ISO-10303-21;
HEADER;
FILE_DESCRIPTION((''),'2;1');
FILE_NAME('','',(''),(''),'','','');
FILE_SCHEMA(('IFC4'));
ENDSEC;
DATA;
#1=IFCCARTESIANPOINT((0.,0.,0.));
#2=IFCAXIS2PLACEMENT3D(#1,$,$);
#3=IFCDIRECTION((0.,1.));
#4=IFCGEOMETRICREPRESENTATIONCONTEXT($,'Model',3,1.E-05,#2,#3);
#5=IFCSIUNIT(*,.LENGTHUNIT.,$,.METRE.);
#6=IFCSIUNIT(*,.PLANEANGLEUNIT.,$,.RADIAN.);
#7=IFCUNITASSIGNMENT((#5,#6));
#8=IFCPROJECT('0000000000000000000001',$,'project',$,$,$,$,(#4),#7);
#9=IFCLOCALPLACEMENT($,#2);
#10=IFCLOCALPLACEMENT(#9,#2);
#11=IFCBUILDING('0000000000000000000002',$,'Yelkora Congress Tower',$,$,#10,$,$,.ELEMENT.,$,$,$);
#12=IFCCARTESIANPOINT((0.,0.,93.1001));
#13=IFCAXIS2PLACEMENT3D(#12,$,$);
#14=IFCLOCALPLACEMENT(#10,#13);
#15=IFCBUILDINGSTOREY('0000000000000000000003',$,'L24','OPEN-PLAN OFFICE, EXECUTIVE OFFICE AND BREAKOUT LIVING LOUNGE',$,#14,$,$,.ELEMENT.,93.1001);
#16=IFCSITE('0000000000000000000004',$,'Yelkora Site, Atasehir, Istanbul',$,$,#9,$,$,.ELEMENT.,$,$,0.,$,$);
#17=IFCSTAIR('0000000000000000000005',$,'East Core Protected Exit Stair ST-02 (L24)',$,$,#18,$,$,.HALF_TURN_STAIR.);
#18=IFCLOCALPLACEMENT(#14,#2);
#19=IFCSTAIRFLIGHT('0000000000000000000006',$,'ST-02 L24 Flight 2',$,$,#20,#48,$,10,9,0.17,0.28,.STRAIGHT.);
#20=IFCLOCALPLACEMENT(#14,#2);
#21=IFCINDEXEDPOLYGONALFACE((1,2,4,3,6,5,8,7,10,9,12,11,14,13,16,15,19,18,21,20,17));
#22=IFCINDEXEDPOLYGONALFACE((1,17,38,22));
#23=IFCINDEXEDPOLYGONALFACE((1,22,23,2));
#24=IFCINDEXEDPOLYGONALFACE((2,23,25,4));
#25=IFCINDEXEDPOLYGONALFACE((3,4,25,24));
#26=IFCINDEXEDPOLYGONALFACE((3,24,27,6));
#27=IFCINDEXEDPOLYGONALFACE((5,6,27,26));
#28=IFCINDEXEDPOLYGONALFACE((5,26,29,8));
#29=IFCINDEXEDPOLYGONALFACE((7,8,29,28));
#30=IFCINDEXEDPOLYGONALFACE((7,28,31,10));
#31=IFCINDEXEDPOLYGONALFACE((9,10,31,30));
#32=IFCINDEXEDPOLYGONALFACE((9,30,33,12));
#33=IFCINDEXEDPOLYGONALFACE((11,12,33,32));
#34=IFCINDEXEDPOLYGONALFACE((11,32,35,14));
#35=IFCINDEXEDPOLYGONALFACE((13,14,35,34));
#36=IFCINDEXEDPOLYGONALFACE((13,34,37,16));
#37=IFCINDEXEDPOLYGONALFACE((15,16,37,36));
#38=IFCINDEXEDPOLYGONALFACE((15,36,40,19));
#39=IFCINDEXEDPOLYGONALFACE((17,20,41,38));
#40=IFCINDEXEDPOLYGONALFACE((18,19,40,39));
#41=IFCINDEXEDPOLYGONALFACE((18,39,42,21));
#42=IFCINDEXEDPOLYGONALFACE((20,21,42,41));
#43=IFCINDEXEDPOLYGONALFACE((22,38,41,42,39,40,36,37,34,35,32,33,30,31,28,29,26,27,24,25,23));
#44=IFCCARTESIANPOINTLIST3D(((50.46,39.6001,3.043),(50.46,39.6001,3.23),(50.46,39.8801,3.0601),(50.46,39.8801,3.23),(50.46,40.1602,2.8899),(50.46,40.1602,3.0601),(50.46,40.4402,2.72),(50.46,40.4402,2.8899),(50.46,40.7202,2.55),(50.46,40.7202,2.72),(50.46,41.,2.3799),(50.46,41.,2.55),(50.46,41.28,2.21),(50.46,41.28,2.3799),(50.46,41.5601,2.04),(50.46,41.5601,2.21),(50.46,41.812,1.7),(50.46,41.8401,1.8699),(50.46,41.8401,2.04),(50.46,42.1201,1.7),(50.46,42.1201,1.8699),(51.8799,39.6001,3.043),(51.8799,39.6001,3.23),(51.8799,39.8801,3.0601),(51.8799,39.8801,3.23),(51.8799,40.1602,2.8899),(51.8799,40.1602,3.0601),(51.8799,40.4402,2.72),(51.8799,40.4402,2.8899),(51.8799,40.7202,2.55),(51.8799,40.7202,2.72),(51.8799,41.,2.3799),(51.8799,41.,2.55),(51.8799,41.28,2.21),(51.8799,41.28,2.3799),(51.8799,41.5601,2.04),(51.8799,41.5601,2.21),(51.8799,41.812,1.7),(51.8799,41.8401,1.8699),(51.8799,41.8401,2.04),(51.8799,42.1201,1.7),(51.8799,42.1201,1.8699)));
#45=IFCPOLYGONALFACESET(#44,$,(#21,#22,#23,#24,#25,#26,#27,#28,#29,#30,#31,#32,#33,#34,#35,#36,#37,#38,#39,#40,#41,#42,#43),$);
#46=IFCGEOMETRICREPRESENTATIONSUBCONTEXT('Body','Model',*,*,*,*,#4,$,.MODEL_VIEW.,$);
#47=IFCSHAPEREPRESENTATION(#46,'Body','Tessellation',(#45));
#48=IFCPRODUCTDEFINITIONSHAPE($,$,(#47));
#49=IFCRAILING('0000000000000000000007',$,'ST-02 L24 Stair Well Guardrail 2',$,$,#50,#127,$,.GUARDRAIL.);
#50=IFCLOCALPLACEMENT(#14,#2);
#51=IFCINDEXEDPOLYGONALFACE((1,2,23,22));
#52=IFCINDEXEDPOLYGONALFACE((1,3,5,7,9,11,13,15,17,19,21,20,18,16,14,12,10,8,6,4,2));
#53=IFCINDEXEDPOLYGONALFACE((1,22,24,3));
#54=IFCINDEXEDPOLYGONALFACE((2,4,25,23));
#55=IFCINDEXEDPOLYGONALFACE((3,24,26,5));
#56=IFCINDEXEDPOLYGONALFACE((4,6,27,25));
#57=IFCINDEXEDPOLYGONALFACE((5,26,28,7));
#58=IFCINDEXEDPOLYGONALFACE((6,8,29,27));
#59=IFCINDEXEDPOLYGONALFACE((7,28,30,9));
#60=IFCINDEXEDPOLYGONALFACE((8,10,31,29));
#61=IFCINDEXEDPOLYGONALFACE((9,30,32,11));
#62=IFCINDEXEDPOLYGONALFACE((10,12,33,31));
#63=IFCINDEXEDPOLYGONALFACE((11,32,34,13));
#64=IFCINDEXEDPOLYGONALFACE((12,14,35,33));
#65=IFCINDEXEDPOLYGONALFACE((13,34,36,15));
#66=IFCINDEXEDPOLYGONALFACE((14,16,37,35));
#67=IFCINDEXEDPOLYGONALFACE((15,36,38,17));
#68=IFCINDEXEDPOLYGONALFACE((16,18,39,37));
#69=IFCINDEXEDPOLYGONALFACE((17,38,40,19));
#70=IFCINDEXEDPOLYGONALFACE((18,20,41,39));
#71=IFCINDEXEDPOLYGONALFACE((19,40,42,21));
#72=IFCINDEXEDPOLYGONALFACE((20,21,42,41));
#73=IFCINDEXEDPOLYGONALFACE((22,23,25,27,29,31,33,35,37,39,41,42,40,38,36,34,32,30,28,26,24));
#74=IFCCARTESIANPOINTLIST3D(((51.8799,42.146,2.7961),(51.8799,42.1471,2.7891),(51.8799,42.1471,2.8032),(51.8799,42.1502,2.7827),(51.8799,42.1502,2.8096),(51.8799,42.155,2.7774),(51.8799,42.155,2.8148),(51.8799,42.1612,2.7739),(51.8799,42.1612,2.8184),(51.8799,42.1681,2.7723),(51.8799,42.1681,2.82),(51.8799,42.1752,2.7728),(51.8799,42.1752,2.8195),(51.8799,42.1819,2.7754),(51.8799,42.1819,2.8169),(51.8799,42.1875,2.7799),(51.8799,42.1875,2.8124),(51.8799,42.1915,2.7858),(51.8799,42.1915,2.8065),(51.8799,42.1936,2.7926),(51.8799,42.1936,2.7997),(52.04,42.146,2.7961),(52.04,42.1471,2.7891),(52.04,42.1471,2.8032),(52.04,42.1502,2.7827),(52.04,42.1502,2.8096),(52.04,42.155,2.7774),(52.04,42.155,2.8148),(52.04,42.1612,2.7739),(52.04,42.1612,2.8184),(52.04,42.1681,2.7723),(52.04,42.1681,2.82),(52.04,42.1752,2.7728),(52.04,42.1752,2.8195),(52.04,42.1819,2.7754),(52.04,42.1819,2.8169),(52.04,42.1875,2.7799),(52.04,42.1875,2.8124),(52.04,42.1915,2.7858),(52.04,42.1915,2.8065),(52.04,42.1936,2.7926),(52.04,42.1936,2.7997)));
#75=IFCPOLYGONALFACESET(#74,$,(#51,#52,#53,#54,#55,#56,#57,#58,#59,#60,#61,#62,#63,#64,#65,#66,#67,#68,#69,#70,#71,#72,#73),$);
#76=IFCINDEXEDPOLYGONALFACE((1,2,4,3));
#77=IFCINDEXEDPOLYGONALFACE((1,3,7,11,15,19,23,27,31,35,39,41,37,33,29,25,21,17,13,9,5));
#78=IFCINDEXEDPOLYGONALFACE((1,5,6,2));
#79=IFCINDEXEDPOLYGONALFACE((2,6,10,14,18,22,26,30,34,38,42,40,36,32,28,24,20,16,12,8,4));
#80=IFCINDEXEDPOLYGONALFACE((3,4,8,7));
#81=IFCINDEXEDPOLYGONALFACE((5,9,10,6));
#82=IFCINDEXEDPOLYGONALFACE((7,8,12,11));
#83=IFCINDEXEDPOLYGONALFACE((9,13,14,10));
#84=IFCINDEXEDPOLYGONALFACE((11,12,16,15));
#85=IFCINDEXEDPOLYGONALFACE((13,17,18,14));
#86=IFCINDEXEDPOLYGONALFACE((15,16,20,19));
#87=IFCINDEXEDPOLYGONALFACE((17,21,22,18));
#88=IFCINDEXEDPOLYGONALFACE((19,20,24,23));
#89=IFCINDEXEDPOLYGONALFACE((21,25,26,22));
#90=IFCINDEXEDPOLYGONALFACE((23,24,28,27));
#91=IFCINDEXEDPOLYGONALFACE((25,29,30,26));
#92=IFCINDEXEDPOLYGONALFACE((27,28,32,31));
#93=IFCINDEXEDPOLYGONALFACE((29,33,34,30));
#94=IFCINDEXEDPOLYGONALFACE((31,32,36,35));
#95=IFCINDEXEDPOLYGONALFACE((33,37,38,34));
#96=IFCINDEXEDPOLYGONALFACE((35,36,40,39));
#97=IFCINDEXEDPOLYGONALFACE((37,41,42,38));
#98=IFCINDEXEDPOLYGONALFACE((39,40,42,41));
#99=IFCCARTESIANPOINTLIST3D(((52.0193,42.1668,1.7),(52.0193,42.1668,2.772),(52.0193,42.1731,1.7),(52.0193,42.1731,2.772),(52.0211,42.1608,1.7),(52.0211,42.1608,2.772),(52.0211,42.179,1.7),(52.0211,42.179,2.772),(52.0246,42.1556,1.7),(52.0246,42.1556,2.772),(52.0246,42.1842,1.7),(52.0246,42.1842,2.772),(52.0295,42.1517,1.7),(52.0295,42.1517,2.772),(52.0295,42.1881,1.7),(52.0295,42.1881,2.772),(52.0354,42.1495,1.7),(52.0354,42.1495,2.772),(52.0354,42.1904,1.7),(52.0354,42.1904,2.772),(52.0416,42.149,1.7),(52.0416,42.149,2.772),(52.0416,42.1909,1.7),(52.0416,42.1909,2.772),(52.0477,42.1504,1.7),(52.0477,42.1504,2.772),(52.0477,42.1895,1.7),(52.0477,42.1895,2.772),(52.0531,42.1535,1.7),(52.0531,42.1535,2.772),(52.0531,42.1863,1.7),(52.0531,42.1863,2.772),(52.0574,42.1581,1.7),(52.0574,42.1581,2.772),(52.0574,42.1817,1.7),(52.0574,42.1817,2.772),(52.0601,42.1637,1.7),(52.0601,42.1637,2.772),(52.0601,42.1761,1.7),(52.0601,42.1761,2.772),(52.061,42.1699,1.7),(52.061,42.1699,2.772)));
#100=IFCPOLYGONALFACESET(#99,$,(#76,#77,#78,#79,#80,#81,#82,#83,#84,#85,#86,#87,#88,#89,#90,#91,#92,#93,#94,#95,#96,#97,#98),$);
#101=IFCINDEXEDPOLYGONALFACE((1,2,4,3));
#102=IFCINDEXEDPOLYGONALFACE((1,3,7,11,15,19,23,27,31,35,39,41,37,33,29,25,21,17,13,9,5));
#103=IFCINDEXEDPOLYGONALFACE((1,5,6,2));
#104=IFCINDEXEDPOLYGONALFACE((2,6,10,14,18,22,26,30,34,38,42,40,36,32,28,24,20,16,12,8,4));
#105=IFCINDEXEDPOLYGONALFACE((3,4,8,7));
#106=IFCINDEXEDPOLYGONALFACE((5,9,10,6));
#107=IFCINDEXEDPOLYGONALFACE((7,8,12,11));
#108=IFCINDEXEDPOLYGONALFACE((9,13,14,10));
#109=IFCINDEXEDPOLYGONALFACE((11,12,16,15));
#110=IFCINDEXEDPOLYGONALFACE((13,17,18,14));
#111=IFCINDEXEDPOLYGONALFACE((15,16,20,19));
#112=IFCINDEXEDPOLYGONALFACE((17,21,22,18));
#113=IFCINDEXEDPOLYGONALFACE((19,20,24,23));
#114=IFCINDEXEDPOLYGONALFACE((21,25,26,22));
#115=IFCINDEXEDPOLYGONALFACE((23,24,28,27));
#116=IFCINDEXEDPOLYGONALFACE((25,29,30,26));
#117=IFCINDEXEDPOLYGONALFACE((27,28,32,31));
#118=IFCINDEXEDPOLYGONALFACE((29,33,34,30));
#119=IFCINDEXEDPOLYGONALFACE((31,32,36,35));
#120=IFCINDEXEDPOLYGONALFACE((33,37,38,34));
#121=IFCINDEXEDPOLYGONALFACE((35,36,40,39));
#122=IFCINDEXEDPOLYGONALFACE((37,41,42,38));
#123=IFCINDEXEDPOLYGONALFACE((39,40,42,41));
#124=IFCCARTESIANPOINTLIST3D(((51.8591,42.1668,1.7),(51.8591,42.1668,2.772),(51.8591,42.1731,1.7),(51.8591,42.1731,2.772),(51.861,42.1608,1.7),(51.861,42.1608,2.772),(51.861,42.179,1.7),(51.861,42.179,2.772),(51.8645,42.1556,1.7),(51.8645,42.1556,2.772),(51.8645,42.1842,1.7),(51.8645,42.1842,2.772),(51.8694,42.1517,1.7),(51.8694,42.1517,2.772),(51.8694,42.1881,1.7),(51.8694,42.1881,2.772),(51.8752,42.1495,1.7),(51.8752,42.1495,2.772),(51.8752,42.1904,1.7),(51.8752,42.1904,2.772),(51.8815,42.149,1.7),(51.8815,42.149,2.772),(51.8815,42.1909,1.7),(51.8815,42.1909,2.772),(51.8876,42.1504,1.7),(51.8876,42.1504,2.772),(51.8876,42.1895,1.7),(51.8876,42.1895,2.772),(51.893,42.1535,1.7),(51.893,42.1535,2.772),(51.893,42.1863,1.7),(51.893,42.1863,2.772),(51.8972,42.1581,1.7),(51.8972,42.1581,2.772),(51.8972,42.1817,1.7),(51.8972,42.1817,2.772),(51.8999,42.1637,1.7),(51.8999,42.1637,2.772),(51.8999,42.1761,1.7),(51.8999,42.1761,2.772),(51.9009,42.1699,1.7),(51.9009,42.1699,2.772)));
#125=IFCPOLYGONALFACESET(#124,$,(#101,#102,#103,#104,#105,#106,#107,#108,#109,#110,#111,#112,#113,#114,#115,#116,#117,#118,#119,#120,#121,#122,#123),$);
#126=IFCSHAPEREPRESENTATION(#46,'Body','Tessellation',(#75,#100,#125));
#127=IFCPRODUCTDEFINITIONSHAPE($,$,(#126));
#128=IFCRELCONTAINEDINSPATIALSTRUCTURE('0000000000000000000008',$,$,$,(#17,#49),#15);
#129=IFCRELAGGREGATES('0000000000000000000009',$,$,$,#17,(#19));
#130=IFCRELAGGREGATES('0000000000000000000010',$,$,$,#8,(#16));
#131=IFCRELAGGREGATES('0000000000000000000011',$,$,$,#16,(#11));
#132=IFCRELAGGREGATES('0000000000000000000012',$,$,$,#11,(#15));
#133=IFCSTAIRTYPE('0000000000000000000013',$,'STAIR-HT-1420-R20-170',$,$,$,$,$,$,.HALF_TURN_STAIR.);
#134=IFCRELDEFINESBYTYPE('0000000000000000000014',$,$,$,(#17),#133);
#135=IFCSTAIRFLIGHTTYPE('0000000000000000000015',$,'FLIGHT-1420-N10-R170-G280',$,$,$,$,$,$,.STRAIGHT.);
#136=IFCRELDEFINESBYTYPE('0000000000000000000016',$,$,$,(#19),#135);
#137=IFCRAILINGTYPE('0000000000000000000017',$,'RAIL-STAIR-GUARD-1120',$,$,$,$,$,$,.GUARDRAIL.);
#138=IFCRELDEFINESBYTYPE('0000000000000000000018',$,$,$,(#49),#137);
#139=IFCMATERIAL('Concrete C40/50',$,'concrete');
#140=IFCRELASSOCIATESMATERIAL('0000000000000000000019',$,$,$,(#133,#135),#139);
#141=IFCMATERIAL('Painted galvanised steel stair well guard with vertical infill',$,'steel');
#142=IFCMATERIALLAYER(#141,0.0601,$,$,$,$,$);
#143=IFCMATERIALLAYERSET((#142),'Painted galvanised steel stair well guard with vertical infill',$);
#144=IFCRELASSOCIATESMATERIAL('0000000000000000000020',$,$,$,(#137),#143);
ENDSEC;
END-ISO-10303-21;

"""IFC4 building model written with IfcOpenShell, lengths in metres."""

from ifc_helpers import new_model, si_unit, direction, frame, origin, origin_2d, place, context, subcontext, project, spatial, polyline, circle, outline, extrude, material, layer, layer_set, type_object, element, aggregate, save


model = new_model("IFC4")

# Units and contexts
model_context = context("Model", 3, precision=1e-05, world=origin(), true_north=direction((0.0, 1.0)))
body_context = subcontext(model_context, "Body", "Model", "MODEL_VIEW")
ifc_project = project(units=[si_unit("LENGTHUNIT", "METRE"), si_unit("PLANEANGLEUNIT", "RADIAN")], contexts=[model_context])

# Site, building, storey
site_placement = place(None, origin())
site = spatial("IfcSite", under=ifc_project, at=site_placement, Name="Yelkora Site, Atasehir, Istanbul", CompositionType="ELEMENT", RefElevation=0.0)
building_placement = place(site_placement, origin())
building = spatial("IfcBuilding", under=site, at=building_placement, Name="Yelkora Congress Tower", CompositionType="ELEMENT")
storey_placement = place(building_placement, frame((0.0, 0.0, 93.1001)))
storey = spatial("IfcBuildingStorey", under=building, at=storey_placement, Name="L24", Description="OPEN-PLAN OFFICE, EXECUTIVE OFFICE AND BREAKOUT LIVING LOUNGE", CompositionType="ELEMENT", Elevation=93.1001)

# Stair, stair flight
ifc_material_1 = material(Name="Concrete C40/50", Category="concrete")
stair_type = type_object("IfcStairType", Name="STAIR-HT-1420-R20-170", PredefinedType="HALF_TURN_STAIR", material=ifc_material_1)
stair_placement = place(storey_placement, origin())
stair = element("IfcStair", 1, at=stair_placement, inside=storey, type_object=stair_type, Name="East Core Protected Exit Stair ST-02 (L24)", PredefinedType="HALF_TURN_STAIR")
stair_flight_type = type_object("IfcStairFlightType", Name="FLIGHT-1420-N10-R170-G280", PredefinedType="STRAIGHT", material=ifc_material_1)
stair_flight_placement = place(storey_placement, frame((51.1699, 42.1201, 1.7), z_axis=(0.0, 0.0, 1.0), x_axis=(0.0, -1.0, 0.0)))
stair_flight = element("IfcStairFlight", 2, at=stair_flight_placement, type_object=stair_flight_type, Name="ST-02 L24 Flight 2", NumberOfRisers=10, NumberOfTreads=9, PredefinedType="STRAIGHT", RiserHeight=0.17, TreadLength=0.28, context=body_context, shape_type="SweptSolid", body=[
    extrude(outline(polyline([(0.0, 0.0), (0.0, 0.1699), (0.28, 0.1699), (0.28, 0.3401), (0.5601, 0.3401), (0.5601, 0.51), (0.8401, 0.51), (0.8401, 0.6799), (1.1201, 0.6799), (1.1201, 0.8501), (1.3999, 0.8501), (1.3999, 1.02), (1.6799, 1.02), (1.6799, 1.1899), (1.96, 1.1899), (1.96, 1.3601), (2.24, 1.3601), (2.24, 1.53), (2.52, 1.53), (2.52, 1.7), (2.52, 1.343), (0.3081, 0.0), (0.0, 0.0)])), frame((0.0, 0.71, 0.0), z_axis=(0.0, -1.0, 0.0), x_axis=(1.0, 0.0, 0.0)), (0.0, 0.0, 1.0), 1.4199),
])
aggregate(stair, [stair_flight])

# Railing
ifc_material_2 = material(Name="Painted galvanised steel stair well guard with vertical infill", Category="steel")
ifc_layer_1 = layer(ifc_material_2, 0.0601)
ifc_layer_set_1 = layer_set([ifc_layer_1], Name="Painted galvanised steel stair well guard with vertical infill")
railing_type_1 = type_object("IfcRailingType", Name="RAIL-STAIR-GUARD-1120", PredefinedType="GUARDRAIL", material=ifc_layer_set_1)
railing_1_placement = place(storey_placement, frame((52.04, 42.1699, 1.7)))
element("IfcRailing", 3, at=railing_1_placement, inside=storey, type_object=railing_type_1, Name="ST-02 L24 Stair Well Guardrail 2", PredefinedType="GUARDRAIL", context=body_context, shape_type="SweptSolid", body=[
    extrude(circle(Radius=0.0239, at=origin_2d()), frame((0.0, 0.0, 1.0962), z_axis=(-1.0, 0.0, 0.0), x_axis=(0.0, -1.0, 0.0)), (0.0, 0.0, 1.0), 0.1602),
    extrude(circle(Radius=0.021, at=origin_2d()), origin(), (0.0, 0.0, 1.0), 1.072),
    extrude(circle(Radius=0.021, at=origin_2d()), frame((-0.1602, 0.0, 0.0)), (0.0, 0.0, 1.0), 1.072),
])

save(model, "model.ifc")
